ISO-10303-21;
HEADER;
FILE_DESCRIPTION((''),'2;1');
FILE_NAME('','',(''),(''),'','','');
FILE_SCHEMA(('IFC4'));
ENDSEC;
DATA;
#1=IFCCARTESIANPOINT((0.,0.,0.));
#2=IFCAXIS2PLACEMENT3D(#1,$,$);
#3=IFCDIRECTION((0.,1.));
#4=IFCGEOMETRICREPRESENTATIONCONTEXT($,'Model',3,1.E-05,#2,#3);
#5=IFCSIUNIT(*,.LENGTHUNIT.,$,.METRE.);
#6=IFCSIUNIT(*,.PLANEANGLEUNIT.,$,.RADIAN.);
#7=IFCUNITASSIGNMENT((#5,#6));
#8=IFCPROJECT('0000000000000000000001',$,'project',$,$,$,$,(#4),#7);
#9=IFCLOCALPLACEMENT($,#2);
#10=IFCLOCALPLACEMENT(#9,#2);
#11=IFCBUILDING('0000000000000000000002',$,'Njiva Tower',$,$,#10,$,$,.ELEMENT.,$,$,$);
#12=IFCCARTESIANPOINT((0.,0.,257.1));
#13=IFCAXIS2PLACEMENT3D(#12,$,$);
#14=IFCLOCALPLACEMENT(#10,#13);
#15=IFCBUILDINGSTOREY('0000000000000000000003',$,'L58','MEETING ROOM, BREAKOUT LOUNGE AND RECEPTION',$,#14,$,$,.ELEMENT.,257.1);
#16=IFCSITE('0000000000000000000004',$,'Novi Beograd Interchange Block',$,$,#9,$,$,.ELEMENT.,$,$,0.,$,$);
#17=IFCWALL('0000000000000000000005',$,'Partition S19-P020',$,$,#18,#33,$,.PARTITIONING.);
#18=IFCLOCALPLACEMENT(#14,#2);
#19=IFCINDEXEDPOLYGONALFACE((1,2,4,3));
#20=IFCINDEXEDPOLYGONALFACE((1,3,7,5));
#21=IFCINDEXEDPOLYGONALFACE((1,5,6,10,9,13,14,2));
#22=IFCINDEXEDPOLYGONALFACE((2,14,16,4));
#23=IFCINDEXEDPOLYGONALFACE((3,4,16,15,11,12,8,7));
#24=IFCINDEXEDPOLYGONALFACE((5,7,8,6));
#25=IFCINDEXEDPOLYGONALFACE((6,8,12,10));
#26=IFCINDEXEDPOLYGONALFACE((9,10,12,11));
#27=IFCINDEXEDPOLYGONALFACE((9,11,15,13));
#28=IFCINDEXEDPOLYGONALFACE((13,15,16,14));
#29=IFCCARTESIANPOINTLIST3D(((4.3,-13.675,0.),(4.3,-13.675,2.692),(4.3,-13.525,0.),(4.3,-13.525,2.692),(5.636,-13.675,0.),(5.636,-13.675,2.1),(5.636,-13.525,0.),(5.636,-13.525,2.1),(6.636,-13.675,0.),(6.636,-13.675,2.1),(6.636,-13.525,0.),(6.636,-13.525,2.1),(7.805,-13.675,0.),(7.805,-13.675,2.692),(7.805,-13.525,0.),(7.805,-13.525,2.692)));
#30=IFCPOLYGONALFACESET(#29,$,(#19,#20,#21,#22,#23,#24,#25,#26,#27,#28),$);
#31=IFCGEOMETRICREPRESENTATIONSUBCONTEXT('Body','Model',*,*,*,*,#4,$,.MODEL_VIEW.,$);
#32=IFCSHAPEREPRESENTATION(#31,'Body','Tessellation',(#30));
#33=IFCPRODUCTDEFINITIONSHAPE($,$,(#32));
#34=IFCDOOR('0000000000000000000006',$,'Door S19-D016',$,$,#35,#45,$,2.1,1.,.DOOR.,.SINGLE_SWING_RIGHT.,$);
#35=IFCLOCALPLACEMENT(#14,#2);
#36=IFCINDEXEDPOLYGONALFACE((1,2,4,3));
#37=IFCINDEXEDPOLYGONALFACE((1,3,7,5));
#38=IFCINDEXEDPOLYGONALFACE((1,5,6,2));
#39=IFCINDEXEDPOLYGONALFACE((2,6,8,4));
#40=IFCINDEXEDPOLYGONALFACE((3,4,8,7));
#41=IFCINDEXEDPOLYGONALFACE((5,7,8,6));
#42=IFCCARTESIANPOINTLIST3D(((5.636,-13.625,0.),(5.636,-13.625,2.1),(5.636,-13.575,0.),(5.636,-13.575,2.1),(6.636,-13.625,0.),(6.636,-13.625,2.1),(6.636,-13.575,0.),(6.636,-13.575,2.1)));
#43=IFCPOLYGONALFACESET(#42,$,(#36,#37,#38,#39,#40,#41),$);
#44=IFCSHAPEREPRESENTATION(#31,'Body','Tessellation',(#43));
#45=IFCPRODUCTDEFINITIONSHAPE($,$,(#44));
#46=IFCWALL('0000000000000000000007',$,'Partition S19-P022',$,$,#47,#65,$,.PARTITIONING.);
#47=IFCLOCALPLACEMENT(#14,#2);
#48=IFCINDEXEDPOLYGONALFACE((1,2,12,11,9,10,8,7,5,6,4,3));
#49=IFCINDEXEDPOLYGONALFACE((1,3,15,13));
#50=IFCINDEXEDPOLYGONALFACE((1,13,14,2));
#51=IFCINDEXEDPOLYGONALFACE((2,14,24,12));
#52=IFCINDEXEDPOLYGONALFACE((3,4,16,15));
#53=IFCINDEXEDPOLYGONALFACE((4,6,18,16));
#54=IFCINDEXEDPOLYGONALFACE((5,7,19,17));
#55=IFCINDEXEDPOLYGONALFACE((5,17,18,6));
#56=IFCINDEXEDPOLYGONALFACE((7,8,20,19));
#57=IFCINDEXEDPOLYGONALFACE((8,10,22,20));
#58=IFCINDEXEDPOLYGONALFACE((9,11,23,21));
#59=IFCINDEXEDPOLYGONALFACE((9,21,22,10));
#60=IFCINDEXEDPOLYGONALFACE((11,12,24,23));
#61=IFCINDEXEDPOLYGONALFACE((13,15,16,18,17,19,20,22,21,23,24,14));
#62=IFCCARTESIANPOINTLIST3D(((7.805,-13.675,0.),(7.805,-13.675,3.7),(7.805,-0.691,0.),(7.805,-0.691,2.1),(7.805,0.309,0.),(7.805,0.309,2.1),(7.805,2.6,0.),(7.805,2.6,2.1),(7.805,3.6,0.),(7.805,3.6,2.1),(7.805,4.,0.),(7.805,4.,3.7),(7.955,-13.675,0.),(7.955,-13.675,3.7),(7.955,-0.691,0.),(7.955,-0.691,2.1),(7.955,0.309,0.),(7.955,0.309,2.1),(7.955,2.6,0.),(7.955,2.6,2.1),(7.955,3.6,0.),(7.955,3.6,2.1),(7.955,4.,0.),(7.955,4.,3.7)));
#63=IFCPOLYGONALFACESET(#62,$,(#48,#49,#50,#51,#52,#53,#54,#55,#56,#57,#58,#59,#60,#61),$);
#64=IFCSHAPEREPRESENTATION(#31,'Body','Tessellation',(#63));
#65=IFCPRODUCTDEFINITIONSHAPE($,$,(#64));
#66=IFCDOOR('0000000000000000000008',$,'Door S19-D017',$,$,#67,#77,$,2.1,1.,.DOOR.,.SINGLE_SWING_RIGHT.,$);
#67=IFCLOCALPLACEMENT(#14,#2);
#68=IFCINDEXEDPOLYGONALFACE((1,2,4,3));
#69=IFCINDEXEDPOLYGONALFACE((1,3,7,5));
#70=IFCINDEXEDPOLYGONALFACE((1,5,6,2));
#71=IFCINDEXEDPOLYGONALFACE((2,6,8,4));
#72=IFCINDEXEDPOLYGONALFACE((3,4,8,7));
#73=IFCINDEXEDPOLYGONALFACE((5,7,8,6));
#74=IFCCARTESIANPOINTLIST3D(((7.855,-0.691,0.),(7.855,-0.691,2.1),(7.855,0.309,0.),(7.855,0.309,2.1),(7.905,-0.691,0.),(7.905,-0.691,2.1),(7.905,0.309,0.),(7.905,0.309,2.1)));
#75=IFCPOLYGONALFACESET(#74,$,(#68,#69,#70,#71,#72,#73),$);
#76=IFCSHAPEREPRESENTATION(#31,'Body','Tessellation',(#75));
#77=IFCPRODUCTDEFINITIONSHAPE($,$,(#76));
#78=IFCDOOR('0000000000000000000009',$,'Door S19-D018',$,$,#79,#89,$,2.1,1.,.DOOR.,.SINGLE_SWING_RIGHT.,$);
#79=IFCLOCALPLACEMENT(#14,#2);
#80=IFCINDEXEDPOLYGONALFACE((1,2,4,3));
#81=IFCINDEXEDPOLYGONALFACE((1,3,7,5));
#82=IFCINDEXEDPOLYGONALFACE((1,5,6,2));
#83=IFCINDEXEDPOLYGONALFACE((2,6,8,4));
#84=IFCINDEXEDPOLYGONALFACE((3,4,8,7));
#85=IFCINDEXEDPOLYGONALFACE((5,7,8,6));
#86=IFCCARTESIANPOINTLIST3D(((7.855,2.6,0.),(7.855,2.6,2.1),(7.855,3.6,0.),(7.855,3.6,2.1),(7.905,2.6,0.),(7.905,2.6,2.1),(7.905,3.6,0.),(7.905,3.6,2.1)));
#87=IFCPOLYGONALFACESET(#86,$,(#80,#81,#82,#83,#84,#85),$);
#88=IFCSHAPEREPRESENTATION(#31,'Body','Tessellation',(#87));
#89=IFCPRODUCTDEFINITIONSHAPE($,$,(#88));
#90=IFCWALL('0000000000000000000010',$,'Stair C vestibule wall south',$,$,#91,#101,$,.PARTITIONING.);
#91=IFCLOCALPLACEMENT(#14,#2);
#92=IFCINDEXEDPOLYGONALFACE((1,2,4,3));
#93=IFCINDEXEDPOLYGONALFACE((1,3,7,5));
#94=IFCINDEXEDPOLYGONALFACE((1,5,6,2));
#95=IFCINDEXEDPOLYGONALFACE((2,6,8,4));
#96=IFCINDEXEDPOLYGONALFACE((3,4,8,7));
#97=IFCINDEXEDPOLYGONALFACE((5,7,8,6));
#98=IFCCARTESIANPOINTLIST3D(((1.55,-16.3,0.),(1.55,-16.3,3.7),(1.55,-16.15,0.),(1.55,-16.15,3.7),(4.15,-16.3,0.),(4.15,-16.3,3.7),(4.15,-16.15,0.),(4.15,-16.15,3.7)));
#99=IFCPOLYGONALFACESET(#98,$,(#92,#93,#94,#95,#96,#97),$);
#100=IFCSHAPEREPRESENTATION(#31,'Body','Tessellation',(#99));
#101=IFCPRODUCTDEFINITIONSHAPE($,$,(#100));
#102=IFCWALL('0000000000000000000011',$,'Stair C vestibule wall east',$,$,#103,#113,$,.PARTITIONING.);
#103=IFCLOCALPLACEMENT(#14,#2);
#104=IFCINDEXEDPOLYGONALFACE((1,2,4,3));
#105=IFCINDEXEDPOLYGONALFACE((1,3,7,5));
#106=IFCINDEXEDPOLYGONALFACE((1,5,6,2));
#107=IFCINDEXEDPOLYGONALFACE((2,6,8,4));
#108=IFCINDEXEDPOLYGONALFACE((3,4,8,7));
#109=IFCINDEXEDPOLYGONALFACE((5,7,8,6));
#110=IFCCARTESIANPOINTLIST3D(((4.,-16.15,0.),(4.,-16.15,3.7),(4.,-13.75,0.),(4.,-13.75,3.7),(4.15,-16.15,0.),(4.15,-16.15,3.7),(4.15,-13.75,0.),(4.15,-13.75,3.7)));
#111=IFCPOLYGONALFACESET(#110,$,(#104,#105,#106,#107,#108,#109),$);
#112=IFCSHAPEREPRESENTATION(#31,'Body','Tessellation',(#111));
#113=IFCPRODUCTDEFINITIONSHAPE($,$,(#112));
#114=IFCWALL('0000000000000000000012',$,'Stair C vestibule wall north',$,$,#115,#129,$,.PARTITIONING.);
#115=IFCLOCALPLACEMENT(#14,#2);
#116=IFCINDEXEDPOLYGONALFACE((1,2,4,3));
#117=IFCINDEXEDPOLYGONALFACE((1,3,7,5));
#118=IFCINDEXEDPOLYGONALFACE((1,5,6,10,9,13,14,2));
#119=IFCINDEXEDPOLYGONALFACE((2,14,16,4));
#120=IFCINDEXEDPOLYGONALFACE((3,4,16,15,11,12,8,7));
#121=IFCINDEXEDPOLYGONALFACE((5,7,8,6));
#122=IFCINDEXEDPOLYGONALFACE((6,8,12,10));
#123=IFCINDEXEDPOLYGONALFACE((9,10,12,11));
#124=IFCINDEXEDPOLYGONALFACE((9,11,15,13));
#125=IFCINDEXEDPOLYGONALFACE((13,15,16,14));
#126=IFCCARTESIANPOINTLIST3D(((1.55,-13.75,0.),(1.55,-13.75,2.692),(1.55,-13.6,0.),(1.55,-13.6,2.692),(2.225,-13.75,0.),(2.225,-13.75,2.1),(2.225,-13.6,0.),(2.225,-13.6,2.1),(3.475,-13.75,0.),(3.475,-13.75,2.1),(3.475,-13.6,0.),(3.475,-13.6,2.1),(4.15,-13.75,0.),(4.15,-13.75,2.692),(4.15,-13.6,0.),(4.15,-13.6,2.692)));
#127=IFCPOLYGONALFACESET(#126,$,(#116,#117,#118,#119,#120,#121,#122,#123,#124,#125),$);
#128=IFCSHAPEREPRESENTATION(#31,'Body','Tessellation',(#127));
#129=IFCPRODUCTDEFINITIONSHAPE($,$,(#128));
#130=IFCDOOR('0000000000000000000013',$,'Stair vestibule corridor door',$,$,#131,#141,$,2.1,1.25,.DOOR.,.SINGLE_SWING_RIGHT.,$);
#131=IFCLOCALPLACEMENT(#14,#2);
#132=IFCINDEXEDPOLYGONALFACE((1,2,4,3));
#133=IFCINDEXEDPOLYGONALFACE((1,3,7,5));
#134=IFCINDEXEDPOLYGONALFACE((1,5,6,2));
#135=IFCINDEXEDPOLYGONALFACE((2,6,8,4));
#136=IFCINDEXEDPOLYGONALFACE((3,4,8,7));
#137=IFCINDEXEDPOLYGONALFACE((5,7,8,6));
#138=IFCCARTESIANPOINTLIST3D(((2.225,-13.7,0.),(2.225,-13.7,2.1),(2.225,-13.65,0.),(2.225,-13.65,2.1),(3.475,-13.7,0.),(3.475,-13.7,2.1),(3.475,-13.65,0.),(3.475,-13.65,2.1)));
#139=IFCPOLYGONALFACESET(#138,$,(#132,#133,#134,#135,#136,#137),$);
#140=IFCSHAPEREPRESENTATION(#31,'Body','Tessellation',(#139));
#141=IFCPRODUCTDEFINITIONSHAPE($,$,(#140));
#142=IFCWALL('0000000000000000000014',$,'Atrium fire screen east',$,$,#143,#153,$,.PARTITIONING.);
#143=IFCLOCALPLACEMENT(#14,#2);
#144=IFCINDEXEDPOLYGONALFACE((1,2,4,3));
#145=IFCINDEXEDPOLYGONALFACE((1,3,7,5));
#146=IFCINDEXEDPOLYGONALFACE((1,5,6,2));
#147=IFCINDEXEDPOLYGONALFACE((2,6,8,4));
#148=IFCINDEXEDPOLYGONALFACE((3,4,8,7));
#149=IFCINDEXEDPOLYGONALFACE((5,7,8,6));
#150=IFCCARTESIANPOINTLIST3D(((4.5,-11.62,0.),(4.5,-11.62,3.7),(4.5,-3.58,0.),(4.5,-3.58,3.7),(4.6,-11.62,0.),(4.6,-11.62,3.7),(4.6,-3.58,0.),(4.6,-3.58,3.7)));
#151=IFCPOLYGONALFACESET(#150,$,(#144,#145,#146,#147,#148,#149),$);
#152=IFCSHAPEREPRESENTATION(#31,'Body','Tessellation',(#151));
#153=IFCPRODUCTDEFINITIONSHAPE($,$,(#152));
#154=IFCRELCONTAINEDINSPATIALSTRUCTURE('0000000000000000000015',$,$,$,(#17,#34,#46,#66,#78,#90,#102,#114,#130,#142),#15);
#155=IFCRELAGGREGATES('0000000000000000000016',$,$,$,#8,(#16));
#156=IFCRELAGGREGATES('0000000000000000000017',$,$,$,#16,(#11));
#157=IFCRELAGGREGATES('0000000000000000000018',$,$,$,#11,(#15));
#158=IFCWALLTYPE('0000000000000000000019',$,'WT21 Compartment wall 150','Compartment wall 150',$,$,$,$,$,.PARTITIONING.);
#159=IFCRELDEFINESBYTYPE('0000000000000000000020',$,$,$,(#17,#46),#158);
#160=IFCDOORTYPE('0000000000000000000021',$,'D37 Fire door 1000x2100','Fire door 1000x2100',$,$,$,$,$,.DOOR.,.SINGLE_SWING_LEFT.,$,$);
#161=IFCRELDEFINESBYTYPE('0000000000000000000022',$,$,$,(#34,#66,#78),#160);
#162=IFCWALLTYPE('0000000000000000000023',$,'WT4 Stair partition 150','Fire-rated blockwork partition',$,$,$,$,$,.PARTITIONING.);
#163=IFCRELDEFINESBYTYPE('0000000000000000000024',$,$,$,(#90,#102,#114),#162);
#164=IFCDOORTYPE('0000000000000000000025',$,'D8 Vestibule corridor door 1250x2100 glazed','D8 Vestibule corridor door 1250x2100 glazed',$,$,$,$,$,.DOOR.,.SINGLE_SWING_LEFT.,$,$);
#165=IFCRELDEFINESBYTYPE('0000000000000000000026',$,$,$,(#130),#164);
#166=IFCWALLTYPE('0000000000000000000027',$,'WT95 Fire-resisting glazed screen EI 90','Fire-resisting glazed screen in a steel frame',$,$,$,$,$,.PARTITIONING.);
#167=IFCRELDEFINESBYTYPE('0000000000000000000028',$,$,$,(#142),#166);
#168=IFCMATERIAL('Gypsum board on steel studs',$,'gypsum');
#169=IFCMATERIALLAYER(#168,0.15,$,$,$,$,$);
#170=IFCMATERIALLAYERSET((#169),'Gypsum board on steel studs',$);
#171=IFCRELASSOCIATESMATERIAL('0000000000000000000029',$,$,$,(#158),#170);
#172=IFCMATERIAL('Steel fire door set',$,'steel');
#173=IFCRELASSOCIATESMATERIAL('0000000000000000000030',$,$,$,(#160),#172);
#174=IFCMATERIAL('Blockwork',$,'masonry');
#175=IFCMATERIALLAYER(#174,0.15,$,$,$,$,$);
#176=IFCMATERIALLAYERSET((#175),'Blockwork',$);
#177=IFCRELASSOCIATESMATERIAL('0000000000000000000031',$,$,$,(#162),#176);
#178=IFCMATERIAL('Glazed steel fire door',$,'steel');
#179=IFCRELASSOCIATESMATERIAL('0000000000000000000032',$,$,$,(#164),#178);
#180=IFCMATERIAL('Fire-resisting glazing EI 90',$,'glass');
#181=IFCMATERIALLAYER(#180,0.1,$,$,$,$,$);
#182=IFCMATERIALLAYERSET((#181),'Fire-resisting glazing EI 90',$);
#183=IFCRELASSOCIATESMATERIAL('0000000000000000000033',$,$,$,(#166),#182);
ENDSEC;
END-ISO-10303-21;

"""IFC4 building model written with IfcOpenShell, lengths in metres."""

from ifc_helpers import new_model, si_unit, direction, frame, frame_2d, origin, place, context, subcontext, project, spatial, rectangle, extrude, material, layer, layer_set, type_object, element, fill, save


model = new_model("IFC4")

# Units and contexts
model_context = context("Model", 3, precision=1e-05, world=origin(), true_north=direction((0.0, 1.0)))
body_context = subcontext(model_context, "Body", "Model", "MODEL_VIEW")
ifc_project = project(units=[si_unit("LENGTHUNIT", "METRE"), si_unit("PLANEANGLEUNIT", "RADIAN")], contexts=[model_context])

# Site, building, storey
site_placement = place(None, origin())
site = spatial("IfcSite", under=ifc_project, at=site_placement, Name="Novi Beograd Interchange Block", CompositionType="ELEMENT", RefElevation=0.0)
building_placement = place(site_placement, origin())
building = spatial("IfcBuilding", under=site, at=building_placement, Name="Njiva Tower", CompositionType="ELEMENT")
storey_placement = place(building_placement, frame((0.0, 0.0, 257.1)))
storey = spatial("IfcBuildingStorey", under=building, at=storey_placement, Name="L58", Description="MEETING ROOM, BREAKOUT LOUNGE AND RECEPTION", CompositionType="ELEMENT", Elevation=257.1)

# Wall, opening, door
ifc_material_1 = material(Name="Gypsum board on steel studs", Category="gypsum")
ifc_layer_1 = layer(ifc_material_1, 0.15)
ifc_layer_set_1 = layer_set([ifc_layer_1], Name="Gypsum board on steel studs")
wall_type_1 = type_object("IfcWallType", Name="WT21 Compartment wall 150", Description="Compartment wall 150", PredefinedType="PARTITIONING", material=ifc_layer_set_1)
wall_1_placement = place(storey_placement, frame((4.3, -13.6, 0.0), z_axis=(0.0, 0.0, 1.0), x_axis=(1.0, 0.0, 0.0)))
wall_1 = element("IfcWall", 1, at=wall_1_placement, inside=storey, type_object=wall_type_1, Name="Partition S19-P020", PredefinedType="PARTITIONING", context=body_context, shape_type="SweptSolid", body=[
    extrude(rectangle(XDim=3.505, YDim=0.15, at=frame_2d((1.7525, 0.0))), origin(), (0.0, 0.0, 1.0), 2.692),
])
opening_1_placement = place(wall_1_placement, frame((1.336, 0.0, 0.0)))
opening_1 = element("IfcOpeningElement", 2, at=opening_1_placement, cuts=wall_1, PredefinedType="OPENING", context=body_context, shape_type="SweptSolid", body=[
    extrude(rectangle(XDim=1.0, YDim=2.1, at=frame_2d((0.5, 1.05))), frame((0.0, 0.085, 0.0), z_axis=(0.0, -1.0, 0.0), x_axis=(1.0, 0.0, 0.0)), (0.0, 0.0, 1.0), 0.17),
])
ifc_material_2 = material(Name="Steel fire door set", Category="steel")
door_type_1 = type_object("IfcDoorType", Name="D37 Fire door 1000x2100", Description="Fire door 1000x2100", OperationType="SINGLE_SWING_LEFT", PredefinedType="DOOR", material=ifc_material_2)
door_1_placement = place(opening_1_placement, origin())
door_1 = element("IfcDoor", 3, at=door_1_placement, inside=storey, type_object=door_type_1, Name="Door S19-D016", OperationType="SINGLE_SWING_RIGHT", OverallHeight=2.1, OverallWidth=1.0, PredefinedType="DOOR", context=body_context, shape_type="SweptSolid", body=[
    extrude(rectangle(XDim=1.0, YDim=2.1, at=frame_2d((0.5, 1.05))), frame((0.0, 0.025, 0.0), z_axis=(0.0, -1.0, 0.0), x_axis=(1.0, 0.0, 0.0)), (0.0, 0.0, 1.0), 0.05),
])
fill(opening_1, door_1)

# Wall, openings, doors
wall_2_placement = place(storey_placement, frame((7.88, -13.675, 0.0), z_axis=(0.0, 0.0, 1.0), x_axis=(0.0, 1.0, 0.0)))
wall_2 = element("IfcWall", 4, at=wall_2_placement, inside=storey, type_object=wall_type_1, Name="Partition S19-P022", PredefinedType="PARTITIONING", context=body_context, shape_type="SweptSolid", body=[
    extrude(rectangle(XDim=17.675, YDim=0.15, at=frame_2d((8.8375, 0.0))), origin(), (0.0, 0.0, 1.0), 3.7),
])
opening_2_placement = place(wall_2_placement, frame((12.984, 0.0, 0.0)))
opening_2 = element("IfcOpeningElement", 5, at=opening_2_placement, cuts=wall_2, PredefinedType="OPENING", context=body_context, shape_type="SweptSolid", body=[
    extrude(rectangle(XDim=1.0, YDim=2.1, at=frame_2d((0.5, 1.05))), frame((0.0, 0.085, 0.0), z_axis=(0.0, -1.0, 0.0), x_axis=(1.0, 0.0, 0.0)), (0.0, 0.0, 1.0), 0.17),
])
opening_3_placement = place(wall_2_placement, frame((16.275, 0.0, 0.0)))
opening_3 = element("IfcOpeningElement", 6, at=opening_3_placement, cuts=wall_2, PredefinedType="OPENING", context=body_context, shape_type="SweptSolid", body=[
    extrude(rectangle(XDim=1.0, YDim=2.1, at=frame_2d((0.5, 1.05))), frame((0.0, 0.085, 0.0), z_axis=(0.0, -1.0, 0.0), x_axis=(1.0, 0.0, 0.0)), (0.0, 0.0, 1.0), 0.17),
])
door_2_placement = place(opening_2_placement, origin())
door_2 = element("IfcDoor", 7, at=door_2_placement, inside=storey, type_object=door_type_1, Name="Door S19-D017", OperationType="SINGLE_SWING_RIGHT", OverallHeight=2.1, OverallWidth=1.0, PredefinedType="DOOR", context=body_context, shape_type="SweptSolid", body=[
    extrude(rectangle(XDim=1.0, YDim=2.1, at=frame_2d((0.5, 1.05))), frame((0.0, 0.025, 0.0), z_axis=(0.0, -1.0, 0.0), x_axis=(1.0, 0.0, 0.0)), (0.0, 0.0, 1.0), 0.05),
])
fill(opening_2, door_2)
door_3_placement = place(opening_3_placement, origin())
door_3 = element("IfcDoor", 8, at=door_3_placement, inside=storey, type_object=door_type_1, Name="Door S19-D018", OperationType="SINGLE_SWING_RIGHT", OverallHeight=2.1, OverallWidth=1.0, PredefinedType="DOOR", context=body_context, shape_type="SweptSolid", body=[
    extrude(rectangle(XDim=1.0, YDim=2.1, at=frame_2d((0.5, 1.05))), frame((0.0, 0.025, 0.0), z_axis=(0.0, -1.0, 0.0), x_axis=(1.0, 0.0, 0.0)), (0.0, 0.0, 1.0), 0.05),
])
fill(opening_3, door_3)

# Walls
ifc_material_3 = material(Name="Blockwork", Category="masonry")
ifc_layer_2 = layer(ifc_material_3, 0.15)
ifc_layer_set_2 = layer_set([ifc_layer_2], Name="Blockwork")
wall_type_2 = type_object("IfcWallType", Name="WT4 Stair partition 150", Description="Fire-rated blockwork partition", PredefinedType="PARTITIONING", material=ifc_layer_set_2)
wall_3_placement = place(storey_placement, frame((1.55, -16.225, 0.0), z_axis=(0.0, 0.0, 1.0), x_axis=(1.0, 0.0, 0.0)))
element("IfcWall", 9, at=wall_3_placement, inside=storey, type_object=wall_type_2, Name="Stair C vestibule wall south", PredefinedType="PARTITIONING", context=body_context, shape_type="SweptSolid", body=[
    extrude(rectangle(XDim=2.6, YDim=0.15, at=frame_2d((1.3, 0.0))), origin(), (0.0, 0.0, 1.0), 3.7),
])
wall_4_placement = place(storey_placement, frame((4.075, -16.15, 0.0), z_axis=(0.0, 0.0, 1.0), x_axis=(0.0, 1.0, 0.0)))
element("IfcWall", 10, at=wall_4_placement, inside=storey, type_object=wall_type_2, Name="Stair C vestibule wall east", PredefinedType="PARTITIONING", context=body_context, shape_type="SweptSolid", body=[
    extrude(rectangle(XDim=2.4, YDim=0.15, at=frame_2d((1.2, 0.0))), origin(), (0.0, 0.0, 1.0), 3.7),
])

# Wall, opening, door
wall_5_placement = place(storey_placement, frame((1.55, -13.675, 0.0), z_axis=(0.0, 0.0, 1.0), x_axis=(1.0, 0.0, 0.0)))
wall_5 = element("IfcWall", 11, at=wall_5_placement, inside=storey, type_object=wall_type_2, Name="Stair C vestibule wall north", PredefinedType="PARTITIONING", context=body_context, shape_type="SweptSolid", body=[
    extrude(rectangle(XDim=2.6, YDim=0.15, at=frame_2d((1.3, 0.0))), origin(), (0.0, 0.0, 1.0), 2.692),
])
opening_4_placement = place(wall_5_placement, frame((0.675, 0.0, 0.0)))
opening_4 = element("IfcOpeningElement", 12, at=opening_4_placement, cuts=wall_5, PredefinedType="OPENING", context=body_context, shape_type="SweptSolid", body=[
    extrude(rectangle(XDim=1.25, YDim=2.1, at=frame_2d((0.625, 1.05))), frame((0.0, 0.085, 0.0), z_axis=(0.0, -1.0, 0.0), x_axis=(1.0, 0.0, 0.0)), (0.0, 0.0, 1.0), 0.17),
])
ifc_material_4 = material(Name="Glazed steel fire door", Category="steel")
door_type_2 = type_object("IfcDoorType", Name="D8 Vestibule corridor door 1250x2100 glazed", Description="D8 Vestibule corridor door 1250x2100 glazed", OperationType="SINGLE_SWING_LEFT", PredefinedType="DOOR", material=ifc_material_4)
door_4_placement = place(opening_4_placement, origin())
door_4 = element("IfcDoor", 13, at=door_4_placement, inside=storey, type_object=door_type_2, Name="Stair vestibule corridor door", OperationType="SINGLE_SWING_RIGHT", OverallHeight=2.1, OverallWidth=1.25, PredefinedType="DOOR", context=body_context, shape_type="SweptSolid", body=[
    extrude(rectangle(XDim=1.25, YDim=2.1, at=frame_2d((0.625, 1.05))), frame((0.0, 0.025, 0.0), z_axis=(0.0, -1.0, 0.0), x_axis=(1.0, 0.0, 0.0)), (0.0, 0.0, 1.0), 0.05),
])
fill(opening_4, door_4)

# Wall
ifc_material_5 = material(Name="Fire-resisting glazing EI 90", Category="glass")
ifc_layer_3 = layer(ifc_material_5, 0.1)
ifc_layer_set_3 = layer_set([ifc_layer_3], Name="Fire-resisting glazing EI 90")
wall_type_3 = type_object("IfcWallType", Name="WT95 Fire-resisting glazed screen EI 90", Description="Fire-resisting glazed screen in a steel frame", PredefinedType="PARTITIONING", material=ifc_layer_set_3)
wall_6_placement = place(storey_placement, frame((4.55, -11.62, 0.0), z_axis=(0.0, 0.0, 1.0), x_axis=(0.0, 1.0, 0.0)))
element("IfcWall", 14, at=wall_6_placement, inside=storey, type_object=wall_type_3, Name="Atrium fire screen east", PredefinedType="PARTITIONING", context=body_context, shape_type="SweptSolid", body=[
    extrude(rectangle(XDim=8.04, YDim=0.1, at=frame_2d((4.02, 0.0))), origin(), (0.0, 0.0, 1.0), 3.7),
])

save(model, "model.ifc")
